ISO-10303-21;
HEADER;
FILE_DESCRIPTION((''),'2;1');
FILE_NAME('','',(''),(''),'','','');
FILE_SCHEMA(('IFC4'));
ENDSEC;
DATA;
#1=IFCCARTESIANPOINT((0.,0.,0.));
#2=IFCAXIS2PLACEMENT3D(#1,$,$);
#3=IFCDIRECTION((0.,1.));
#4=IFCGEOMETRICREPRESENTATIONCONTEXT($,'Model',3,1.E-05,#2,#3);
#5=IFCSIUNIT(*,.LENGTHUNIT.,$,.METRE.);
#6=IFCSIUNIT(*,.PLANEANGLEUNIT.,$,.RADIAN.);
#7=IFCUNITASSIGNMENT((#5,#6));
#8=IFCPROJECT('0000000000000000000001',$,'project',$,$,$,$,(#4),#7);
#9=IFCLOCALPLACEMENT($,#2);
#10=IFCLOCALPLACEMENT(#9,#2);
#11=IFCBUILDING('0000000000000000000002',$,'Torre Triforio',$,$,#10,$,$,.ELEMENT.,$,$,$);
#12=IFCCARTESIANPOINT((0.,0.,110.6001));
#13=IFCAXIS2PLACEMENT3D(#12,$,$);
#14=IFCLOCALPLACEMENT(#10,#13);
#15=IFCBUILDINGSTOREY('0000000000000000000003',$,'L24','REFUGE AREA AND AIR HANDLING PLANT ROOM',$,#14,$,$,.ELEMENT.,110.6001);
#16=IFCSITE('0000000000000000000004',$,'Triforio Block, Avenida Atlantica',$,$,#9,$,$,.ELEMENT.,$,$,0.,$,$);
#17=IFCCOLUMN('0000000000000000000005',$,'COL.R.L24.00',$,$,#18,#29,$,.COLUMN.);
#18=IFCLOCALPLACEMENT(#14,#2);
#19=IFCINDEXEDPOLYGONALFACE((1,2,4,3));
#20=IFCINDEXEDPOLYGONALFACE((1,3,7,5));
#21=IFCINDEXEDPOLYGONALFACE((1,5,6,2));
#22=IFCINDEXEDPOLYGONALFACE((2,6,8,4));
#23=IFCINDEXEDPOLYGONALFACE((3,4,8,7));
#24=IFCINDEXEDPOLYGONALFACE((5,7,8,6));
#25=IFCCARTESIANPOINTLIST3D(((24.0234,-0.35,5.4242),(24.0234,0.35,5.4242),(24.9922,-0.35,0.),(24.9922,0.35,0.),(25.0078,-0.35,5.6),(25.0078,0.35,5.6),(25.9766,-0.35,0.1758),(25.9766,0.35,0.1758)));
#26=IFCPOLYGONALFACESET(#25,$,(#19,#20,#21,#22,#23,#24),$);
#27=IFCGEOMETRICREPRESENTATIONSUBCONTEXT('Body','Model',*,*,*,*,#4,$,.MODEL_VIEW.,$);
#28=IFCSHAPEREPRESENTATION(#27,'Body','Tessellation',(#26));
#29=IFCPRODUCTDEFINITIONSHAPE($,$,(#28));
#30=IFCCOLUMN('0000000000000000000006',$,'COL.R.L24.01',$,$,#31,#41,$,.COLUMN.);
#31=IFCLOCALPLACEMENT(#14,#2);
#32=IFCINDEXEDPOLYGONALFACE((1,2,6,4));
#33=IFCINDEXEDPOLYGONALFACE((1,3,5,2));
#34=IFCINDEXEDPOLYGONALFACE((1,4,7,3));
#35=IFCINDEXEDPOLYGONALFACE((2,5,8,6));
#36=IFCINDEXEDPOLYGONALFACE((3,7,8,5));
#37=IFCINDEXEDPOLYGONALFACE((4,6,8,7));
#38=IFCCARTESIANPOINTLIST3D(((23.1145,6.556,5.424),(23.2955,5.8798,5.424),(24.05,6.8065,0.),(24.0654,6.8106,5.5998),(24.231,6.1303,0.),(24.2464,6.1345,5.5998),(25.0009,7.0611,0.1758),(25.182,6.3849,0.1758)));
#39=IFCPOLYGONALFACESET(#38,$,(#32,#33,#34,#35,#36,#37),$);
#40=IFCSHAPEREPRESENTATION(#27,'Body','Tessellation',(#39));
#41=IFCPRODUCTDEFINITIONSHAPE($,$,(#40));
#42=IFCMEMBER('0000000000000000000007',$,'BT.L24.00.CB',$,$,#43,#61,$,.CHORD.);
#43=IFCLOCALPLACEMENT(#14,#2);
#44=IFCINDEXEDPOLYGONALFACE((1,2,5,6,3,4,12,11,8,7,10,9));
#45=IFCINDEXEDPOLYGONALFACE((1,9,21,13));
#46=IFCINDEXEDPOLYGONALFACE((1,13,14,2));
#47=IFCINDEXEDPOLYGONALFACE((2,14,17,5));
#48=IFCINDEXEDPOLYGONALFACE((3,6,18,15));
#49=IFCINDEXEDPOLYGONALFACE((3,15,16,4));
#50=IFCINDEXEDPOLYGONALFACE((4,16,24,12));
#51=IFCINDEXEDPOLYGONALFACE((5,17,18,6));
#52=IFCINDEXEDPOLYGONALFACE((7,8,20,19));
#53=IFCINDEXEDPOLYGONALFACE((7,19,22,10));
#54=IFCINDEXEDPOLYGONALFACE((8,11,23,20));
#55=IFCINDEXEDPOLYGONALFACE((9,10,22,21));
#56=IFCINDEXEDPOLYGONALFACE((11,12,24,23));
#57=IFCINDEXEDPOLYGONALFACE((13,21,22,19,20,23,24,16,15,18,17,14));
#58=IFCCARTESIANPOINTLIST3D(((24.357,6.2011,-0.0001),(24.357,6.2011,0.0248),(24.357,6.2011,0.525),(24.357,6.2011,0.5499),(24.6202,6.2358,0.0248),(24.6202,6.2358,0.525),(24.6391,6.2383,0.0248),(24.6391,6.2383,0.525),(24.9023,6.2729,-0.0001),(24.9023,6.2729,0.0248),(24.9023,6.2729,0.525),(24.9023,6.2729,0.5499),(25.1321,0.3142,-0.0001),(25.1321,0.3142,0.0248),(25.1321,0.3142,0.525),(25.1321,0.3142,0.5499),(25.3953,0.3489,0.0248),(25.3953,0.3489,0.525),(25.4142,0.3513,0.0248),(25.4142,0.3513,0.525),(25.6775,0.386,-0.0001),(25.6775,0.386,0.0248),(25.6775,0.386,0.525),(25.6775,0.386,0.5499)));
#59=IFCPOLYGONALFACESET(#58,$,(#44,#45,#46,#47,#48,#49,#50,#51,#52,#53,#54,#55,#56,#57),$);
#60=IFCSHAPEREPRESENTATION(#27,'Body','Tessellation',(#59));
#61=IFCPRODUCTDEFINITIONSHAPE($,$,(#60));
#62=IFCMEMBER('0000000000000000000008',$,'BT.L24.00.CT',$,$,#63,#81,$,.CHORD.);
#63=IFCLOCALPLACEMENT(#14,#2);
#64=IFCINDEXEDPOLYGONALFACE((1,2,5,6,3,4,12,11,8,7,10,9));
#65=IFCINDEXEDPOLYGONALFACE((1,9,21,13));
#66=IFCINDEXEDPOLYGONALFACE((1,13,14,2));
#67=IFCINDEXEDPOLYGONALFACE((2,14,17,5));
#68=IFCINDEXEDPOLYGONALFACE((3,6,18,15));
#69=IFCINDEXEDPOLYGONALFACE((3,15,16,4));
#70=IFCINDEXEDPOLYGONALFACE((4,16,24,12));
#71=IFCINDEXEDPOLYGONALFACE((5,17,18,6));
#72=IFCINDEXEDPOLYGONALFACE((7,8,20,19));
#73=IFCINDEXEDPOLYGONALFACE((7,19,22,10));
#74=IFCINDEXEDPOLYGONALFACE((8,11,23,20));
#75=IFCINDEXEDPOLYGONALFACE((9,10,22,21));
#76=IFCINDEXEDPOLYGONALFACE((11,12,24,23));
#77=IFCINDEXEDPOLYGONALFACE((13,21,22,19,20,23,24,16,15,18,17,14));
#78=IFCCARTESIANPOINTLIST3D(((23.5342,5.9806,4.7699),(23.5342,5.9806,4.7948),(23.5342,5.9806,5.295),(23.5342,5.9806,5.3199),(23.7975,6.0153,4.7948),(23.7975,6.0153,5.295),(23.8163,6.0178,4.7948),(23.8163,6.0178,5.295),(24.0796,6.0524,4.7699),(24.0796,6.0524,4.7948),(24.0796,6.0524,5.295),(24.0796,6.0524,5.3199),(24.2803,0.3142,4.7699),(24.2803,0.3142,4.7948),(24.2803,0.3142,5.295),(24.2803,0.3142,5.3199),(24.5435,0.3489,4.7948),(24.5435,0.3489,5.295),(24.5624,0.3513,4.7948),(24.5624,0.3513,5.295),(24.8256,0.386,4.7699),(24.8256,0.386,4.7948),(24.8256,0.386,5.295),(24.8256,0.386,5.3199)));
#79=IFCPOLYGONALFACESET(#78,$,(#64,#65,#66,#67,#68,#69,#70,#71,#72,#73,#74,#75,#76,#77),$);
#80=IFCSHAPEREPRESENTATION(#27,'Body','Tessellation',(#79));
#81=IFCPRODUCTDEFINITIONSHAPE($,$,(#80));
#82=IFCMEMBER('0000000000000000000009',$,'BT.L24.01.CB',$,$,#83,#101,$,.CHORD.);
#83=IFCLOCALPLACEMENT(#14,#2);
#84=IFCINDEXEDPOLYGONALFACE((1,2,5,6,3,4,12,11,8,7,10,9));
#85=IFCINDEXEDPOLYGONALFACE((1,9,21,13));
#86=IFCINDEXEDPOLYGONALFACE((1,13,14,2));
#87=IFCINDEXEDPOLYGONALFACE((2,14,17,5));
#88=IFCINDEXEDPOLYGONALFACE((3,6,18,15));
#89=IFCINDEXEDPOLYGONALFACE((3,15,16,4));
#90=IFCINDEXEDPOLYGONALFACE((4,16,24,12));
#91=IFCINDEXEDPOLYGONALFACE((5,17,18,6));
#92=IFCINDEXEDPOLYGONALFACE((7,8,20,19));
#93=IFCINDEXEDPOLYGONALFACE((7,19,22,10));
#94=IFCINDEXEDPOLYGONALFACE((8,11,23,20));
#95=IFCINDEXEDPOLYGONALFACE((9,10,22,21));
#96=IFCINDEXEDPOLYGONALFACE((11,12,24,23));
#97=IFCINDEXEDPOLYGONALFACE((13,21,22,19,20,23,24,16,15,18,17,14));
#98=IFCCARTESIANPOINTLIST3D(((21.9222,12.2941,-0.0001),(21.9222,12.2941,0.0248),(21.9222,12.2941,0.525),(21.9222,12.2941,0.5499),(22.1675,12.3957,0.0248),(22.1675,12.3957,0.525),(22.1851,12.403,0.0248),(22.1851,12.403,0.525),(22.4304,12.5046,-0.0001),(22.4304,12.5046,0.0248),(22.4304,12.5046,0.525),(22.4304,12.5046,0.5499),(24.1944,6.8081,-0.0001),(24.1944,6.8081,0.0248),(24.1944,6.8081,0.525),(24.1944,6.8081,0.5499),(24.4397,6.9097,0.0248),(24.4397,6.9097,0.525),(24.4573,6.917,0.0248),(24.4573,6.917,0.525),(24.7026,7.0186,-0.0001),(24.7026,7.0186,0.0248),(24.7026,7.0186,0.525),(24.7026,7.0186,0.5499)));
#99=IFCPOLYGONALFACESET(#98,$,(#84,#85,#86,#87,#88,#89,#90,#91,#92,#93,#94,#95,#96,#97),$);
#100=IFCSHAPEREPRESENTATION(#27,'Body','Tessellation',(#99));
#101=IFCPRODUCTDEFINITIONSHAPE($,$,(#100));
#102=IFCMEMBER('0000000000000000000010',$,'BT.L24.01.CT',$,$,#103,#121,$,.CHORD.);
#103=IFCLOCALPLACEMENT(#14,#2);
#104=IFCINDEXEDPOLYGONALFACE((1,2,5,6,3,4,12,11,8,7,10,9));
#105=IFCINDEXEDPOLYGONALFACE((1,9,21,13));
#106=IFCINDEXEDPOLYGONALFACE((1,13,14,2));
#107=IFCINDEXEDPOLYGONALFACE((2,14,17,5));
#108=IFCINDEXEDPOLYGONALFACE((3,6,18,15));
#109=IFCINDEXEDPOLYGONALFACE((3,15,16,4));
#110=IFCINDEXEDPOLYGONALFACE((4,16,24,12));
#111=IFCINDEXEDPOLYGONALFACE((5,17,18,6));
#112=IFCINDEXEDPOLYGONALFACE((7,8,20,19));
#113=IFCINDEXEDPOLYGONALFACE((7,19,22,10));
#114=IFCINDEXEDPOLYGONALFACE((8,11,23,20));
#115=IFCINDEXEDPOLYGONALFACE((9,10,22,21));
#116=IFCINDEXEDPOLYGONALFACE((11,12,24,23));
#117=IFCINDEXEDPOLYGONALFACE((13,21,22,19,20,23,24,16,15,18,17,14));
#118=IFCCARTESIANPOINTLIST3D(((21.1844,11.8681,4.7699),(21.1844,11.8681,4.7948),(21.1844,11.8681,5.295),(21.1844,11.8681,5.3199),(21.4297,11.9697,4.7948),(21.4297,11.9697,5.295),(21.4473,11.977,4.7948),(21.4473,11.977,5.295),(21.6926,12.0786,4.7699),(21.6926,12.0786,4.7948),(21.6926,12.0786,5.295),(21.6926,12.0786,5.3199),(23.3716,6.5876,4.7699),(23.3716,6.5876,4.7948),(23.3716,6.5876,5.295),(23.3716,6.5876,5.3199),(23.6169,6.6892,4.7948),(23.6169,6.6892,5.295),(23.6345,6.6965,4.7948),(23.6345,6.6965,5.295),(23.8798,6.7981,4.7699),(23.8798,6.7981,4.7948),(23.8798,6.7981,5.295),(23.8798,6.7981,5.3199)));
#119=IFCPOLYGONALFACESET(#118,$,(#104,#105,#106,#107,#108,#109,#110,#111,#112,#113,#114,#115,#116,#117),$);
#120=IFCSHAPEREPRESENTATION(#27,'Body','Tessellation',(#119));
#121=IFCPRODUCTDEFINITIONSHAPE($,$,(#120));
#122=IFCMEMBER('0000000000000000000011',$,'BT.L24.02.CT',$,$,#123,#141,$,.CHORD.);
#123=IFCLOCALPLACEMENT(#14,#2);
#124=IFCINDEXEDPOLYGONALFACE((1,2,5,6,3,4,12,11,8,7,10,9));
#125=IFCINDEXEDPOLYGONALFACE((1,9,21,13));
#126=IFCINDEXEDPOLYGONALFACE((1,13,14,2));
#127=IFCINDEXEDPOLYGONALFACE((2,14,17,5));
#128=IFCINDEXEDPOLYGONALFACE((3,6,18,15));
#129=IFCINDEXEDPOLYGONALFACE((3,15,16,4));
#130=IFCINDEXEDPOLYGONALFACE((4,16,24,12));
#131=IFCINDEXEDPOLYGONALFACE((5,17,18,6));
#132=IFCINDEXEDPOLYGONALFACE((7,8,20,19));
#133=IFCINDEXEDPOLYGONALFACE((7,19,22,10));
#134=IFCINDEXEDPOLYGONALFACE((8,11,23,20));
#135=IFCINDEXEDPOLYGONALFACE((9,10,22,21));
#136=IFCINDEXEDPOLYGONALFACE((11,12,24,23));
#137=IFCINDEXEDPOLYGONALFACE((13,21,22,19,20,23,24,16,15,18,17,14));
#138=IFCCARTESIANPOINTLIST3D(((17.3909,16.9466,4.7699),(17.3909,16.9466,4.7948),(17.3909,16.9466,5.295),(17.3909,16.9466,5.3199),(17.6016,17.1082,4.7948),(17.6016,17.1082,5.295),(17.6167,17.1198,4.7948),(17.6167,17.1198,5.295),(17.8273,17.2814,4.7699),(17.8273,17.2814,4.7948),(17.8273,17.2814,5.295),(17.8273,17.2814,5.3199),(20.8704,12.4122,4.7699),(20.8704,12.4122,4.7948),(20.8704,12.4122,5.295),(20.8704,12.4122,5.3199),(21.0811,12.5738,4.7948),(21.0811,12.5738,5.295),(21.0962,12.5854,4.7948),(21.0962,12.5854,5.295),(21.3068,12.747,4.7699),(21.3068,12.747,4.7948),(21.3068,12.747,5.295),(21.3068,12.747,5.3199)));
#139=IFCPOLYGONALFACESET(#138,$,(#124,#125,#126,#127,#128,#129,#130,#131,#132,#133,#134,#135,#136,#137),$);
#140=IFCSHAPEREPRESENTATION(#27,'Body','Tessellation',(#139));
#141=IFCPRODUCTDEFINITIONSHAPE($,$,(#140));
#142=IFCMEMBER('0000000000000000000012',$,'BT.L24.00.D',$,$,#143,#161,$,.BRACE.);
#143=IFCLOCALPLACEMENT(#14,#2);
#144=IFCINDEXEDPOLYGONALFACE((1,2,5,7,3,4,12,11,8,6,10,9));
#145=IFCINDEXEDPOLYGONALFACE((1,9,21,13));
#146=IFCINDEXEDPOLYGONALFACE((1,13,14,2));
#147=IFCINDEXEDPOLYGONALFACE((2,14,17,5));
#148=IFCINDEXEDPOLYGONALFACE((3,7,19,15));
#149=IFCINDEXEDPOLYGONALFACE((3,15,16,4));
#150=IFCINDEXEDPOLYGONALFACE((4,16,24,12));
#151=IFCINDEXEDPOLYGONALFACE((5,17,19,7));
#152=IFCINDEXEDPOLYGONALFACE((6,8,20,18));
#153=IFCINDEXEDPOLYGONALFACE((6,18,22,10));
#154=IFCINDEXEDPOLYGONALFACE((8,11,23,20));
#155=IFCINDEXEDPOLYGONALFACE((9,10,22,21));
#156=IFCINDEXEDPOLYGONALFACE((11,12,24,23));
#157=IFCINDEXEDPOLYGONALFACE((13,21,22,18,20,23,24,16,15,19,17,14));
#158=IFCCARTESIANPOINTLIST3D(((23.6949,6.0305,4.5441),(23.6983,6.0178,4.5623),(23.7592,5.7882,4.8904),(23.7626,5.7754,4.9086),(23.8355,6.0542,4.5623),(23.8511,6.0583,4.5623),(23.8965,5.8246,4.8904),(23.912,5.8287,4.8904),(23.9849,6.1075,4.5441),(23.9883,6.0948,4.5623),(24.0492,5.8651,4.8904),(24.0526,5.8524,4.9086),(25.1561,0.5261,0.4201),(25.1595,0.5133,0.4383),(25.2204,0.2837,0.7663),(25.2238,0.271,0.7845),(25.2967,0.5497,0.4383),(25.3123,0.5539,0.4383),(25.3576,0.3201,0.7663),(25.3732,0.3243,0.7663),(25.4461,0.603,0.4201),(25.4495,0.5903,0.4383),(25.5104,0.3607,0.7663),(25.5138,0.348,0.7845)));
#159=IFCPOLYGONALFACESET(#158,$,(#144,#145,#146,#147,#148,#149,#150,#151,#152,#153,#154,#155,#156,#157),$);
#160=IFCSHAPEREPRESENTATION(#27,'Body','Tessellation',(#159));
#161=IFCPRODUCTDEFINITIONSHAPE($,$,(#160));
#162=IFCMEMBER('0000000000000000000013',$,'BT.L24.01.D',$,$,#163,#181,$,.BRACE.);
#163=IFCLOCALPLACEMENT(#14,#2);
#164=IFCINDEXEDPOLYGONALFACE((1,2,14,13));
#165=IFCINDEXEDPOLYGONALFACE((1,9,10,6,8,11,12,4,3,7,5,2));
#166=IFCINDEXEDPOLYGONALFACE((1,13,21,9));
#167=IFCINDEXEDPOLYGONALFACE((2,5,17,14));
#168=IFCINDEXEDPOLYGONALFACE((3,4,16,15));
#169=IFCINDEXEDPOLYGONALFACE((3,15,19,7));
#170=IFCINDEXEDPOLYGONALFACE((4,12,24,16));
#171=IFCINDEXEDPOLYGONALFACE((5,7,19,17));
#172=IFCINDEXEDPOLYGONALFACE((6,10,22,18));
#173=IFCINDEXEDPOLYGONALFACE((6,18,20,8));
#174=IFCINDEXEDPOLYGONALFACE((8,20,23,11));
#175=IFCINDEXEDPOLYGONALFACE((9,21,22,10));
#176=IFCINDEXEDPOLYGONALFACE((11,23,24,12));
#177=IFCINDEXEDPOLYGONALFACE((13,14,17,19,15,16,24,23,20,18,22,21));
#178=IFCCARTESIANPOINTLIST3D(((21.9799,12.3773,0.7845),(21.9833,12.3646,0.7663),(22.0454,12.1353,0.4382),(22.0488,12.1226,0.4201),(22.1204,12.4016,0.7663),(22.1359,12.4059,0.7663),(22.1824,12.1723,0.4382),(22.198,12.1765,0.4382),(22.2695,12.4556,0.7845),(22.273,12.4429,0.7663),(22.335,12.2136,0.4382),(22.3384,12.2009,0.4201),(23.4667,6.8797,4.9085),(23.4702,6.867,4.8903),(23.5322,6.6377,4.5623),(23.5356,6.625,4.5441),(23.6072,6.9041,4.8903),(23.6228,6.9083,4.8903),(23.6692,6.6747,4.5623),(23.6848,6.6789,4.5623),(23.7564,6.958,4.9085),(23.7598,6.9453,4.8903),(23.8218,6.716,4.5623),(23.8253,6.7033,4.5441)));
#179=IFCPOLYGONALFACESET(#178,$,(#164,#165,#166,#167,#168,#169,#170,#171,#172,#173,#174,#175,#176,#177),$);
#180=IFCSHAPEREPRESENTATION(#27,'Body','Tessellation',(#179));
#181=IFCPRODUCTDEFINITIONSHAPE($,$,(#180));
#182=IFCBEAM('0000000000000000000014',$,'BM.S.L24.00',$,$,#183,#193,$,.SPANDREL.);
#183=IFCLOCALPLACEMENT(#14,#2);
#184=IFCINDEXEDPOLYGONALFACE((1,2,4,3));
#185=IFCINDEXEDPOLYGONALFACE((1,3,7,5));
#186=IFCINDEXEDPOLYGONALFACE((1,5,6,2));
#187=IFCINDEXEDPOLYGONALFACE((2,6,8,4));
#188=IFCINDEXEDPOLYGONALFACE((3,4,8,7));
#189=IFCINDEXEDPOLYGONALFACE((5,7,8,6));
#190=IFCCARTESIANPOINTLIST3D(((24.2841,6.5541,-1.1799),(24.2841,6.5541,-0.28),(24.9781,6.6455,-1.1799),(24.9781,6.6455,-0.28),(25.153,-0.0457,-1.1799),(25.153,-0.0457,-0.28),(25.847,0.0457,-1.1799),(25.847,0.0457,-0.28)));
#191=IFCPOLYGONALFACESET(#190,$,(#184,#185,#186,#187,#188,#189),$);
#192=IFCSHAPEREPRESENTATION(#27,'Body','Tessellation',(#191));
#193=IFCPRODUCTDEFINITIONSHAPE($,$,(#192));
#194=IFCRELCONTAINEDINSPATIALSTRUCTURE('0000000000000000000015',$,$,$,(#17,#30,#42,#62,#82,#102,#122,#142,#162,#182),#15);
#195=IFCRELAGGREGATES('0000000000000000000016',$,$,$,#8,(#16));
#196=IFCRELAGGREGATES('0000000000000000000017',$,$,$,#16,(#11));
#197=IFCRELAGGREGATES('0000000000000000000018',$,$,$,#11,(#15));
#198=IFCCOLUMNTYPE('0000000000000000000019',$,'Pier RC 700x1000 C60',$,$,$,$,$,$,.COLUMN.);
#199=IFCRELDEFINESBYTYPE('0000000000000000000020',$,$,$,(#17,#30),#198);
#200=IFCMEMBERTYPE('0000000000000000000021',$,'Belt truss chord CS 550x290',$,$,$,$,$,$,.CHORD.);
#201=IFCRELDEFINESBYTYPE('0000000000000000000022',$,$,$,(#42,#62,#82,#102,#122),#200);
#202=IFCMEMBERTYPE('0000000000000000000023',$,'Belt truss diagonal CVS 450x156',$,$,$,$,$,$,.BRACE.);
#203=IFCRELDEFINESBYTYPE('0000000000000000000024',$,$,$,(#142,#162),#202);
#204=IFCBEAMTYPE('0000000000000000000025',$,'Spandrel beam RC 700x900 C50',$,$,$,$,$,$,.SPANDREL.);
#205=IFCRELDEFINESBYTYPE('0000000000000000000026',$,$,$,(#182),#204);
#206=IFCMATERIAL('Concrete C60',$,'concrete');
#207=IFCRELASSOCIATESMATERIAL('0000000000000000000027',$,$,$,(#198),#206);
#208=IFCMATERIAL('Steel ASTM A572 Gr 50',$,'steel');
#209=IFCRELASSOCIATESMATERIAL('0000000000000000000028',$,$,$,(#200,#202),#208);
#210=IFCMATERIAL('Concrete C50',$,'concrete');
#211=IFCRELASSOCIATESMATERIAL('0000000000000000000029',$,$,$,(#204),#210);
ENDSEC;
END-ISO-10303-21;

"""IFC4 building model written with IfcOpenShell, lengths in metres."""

from ifc_helpers import new_model, si_unit, direction, frame, origin, origin_2d, place, context, subcontext, project, spatial, rectangle, i_section, extrude, material, material_profile, profile_set, type_object, element, save


model = new_model("IFC4")

# Units and contexts
model_context = context("Model", 3, precision=1e-05, world=origin(), true_north=direction((0.0, 1.0)))
body_context = subcontext(model_context, "Body", "Model", "MODEL_VIEW")
ifc_project = project(units=[si_unit("LENGTHUNIT", "METRE"), si_unit("PLANEANGLEUNIT", "RADIAN")], contexts=[model_context])

# Site, building, storey
site_placement = place(None, origin())
site = spatial("IfcSite", under=ifc_project, at=site_placement, Name="Triforio Block, Avenida Atlantica", CompositionType="ELEMENT", RefElevation=0.0)
building_placement = place(site_placement, origin())
building = spatial("IfcBuilding", under=site, at=building_placement, Name="Torre Triforio", CompositionType="ELEMENT")
storey_placement = place(building_placement, frame((0.0, 0.0, 110.6001)))
storey = spatial("IfcBuildingStorey", under=building, at=storey_placement, Name="L24", Description="REFUGE AREA AND AIR HANDLING PLANT ROOM", CompositionType="ELEMENT", Elevation=110.6001)

# Columns
ifc_material_1 = material(Name="Concrete C60", Category="concrete")
ifc_material_profile_1 = material_profile(ifc_material_1, rectangle(XDim=0.7, YDim=1.0, at=origin_2d()), Name="RC 700x1000")
ifc_profile_set_1 = profile_set([ifc_material_profile_1], Name="Concrete C60")
column_type = type_object("IfcColumnType", Name="Pier RC 700x1000 C60", PredefinedType="COLUMN", material=ifc_profile_set_1)
column_1_placement = place(storey_placement, frame((25.4844, 0.0, 0.0879), z_axis=(-0.17582, 0.0, 0.984422), x_axis=(0.0, -1.0, 0.0)))
element("IfcColumn", 1, at=column_1_placement, inside=storey, type_object=column_type, Name="COL.R.L24.00", PredefinedType="COLUMN", context=body_context, shape_type="SweptSolid", body=[
    extrude(rectangle(XDim=0.7, YDim=1.0, at=origin_2d()), origin(), (0.0, 0.0, 1.0), 5.51),
])
column_2_placement = place(storey_placement, frame((24.616, 6.5957, 0.0879), z_axis=(-0.169795, -0.045462, 0.98443), x_axis=(0.258635, -0.965975, 0.0)))
element("IfcColumn", 2, at=column_2_placement, inside=storey, type_object=column_type, Name="COL.R.L24.01", PredefinedType="COLUMN", context=body_context, shape_type="SweptSolid", body=[
    extrude(rectangle(XDim=0.7, YDim=1.0, at=origin_2d()), origin(), (0.0, 0.0, 1.0), 5.5098),
])

# Members
ifc_material_2 = material(Name="Steel ASTM A572 Gr 50", Category="steel")
ifc_material_profile_2 = material_profile(ifc_material_2, i_section(OverallWidth=0.55, OverallDepth=0.55, WebThickness=0.019, FlangeThickness=0.0249, at=origin_2d()), Name="CS 550x290")
ifc_profile_set_2 = profile_set([ifc_material_profile_2], Name="Steel ASTM A572 Gr 50")
member_type_1 = type_object("IfcMemberType", Name="Belt truss chord CS 550x290", PredefinedType="CHORD", material=ifc_profile_set_2)
member_1_placement = place(storey_placement, frame((25.4048, 0.3501, 0.2749), z_axis=(-0.130545, 0.991442, 0.0), x_axis=(-0.991442, -0.130545, 0.0)))
element("IfcMember", 3, at=member_1_placement, inside=storey, type_object=member_type_1, Name="BT.L24.00.CB", PredefinedType="CHORD", context=body_context, shape_type="SweptSolid", body=[
    extrude(i_section(OverallWidth=0.55, OverallDepth=0.55, WebThickness=0.019, FlangeThickness=0.0249, at=origin_2d()), origin(), (0.0, 0.0, 1.0), 5.9377),
])
member_2_placement = place(storey_placement, frame((24.553, 0.3501, 5.0449), z_axis=(-0.130541, 0.991443, 0.0), x_axis=(-0.991443, -0.130541, 0.0)))
element("IfcMember", 4, at=member_2_placement, inside=storey, type_object=member_type_1, Name="BT.L24.00.CT", PredefinedType="CHORD", context=body_context, shape_type="SweptSolid", body=[
    extrude(i_section(OverallWidth=0.55, OverallDepth=0.55, WebThickness=0.019, FlangeThickness=0.0249, at=origin_2d()), origin(), (0.0, 0.0, 1.0), 5.7153),
])
member_3_placement = place(storey_placement, frame((24.4485, 6.9133, 0.2749), z_axis=(-0.382656, 0.923891, 0.0), x_axis=(-0.923891, -0.382656, 0.0)))
element("IfcMember", 5, at=member_3_placement, inside=storey, type_object=member_type_1, Name="BT.L24.01.CB", PredefinedType="CHORD", context=body_context, shape_type="SweptSolid", body=[
    extrude(i_section(OverallWidth=0.55, OverallDepth=0.55, WebThickness=0.019, FlangeThickness=0.0249, at=origin_2d()), origin(), (0.0, 0.0, 1.0), 5.938),
])
for number, where, z_axis, x_axis, name in (
    (6, (23.6257, 6.6929, 5.0449), (-0.382683, 0.92388, 0.0), (-0.92388, -0.382683, 0.0), "BT.L24.01.CT"),
    (7, (21.0886, 12.5796, 5.0449), (-0.608773, 0.793344, 0.0), (-0.793344, -0.608773, 0.0), "BT.L24.02.CT"),
):
    element("IfcMember", number, at=place(storey_placement, frame(where, z_axis=z_axis, x_axis=x_axis)), inside=storey, type_object=member_type_1, Name=name, PredefinedType="CHORD", context=body_context, shape_type="SweptSolid", body=[
        extrude(i_section(OverallWidth=0.55, OverallDepth=0.55, WebThickness=0.019, FlangeThickness=0.0249, at=origin_2d()), origin(), (0.0, 0.0, 1.0), 5.7156),
    ])
ifc_material_profile_3 = material_profile(ifc_material_2, i_section(OverallWidth=0.3, OverallDepth=0.45, WebThickness=0.0161, FlangeThickness=0.0225, at=origin_2d()), Name="CVS 450x156")
ifc_profile_set_3 = profile_set([ifc_material_profile_3], Name="Steel ASTM A572 Gr 50")
member_type_2 = type_object("IfcMemberType", Name="Belt truss diagonal CVS 450x156", PredefinedType="BRACE", material=ifc_profile_set_3)
for number, where, z_axis, x_axis, name in (
    (8, (25.335, 0.437, 0.6023), (-0.207807, 0.782827, 0.586513), (-0.966525, -0.256571, 0.0), "BT.L24.00.D"),
    (9, (23.646, 6.7915, 4.7263), (-0.211452, 0.781852, -0.586511), (-0.96532, -0.261071, 0.0), "BT.L24.01.D"),
):
    element("IfcMember", number, at=place(storey_placement, frame(where, z_axis=z_axis, x_axis=x_axis)), inside=storey, type_object=member_type_2, Name=name, PredefinedType="BRACE", context=body_context, shape_type="SweptSolid", body=[
        extrude(i_section(OverallWidth=0.3, OverallDepth=0.45, WebThickness=0.0161, FlangeThickness=0.0225, at=origin_2d()), origin(), (0.0, 0.0, 1.0), 7.0315),
    ])

# Beam
ifc_material_3 = material(Name="Concrete C50", Category="concrete")
ifc_material_profile_4 = material_profile(ifc_material_3, rectangle(XDim=0.7, YDim=0.8999, at=origin_2d()), Name="RC 700x900")
ifc_profile_set_4 = profile_set([ifc_material_profile_4], Name="Concrete C50")
beam_type = type_object("IfcBeamType", Name="Spandrel beam RC 700x900 C50", PredefinedType="SPANDREL", material=ifc_profile_set_4)
for number, where, z_axis, x_axis, name in (
    (10, (25.5, 0.0, -0.73), (-0.130528, 0.991445, 0.0), (-0.991445, -0.130528, 0.0), "BM.S.L24.00"),
):
    element("IfcBeam", number, at=place(storey_placement, frame(where, z_axis=z_axis, x_axis=x_axis)), inside=storey, type_object=beam_type, Name=name, PredefinedType="SPANDREL", context=body_context, shape_type="SweptSolid", body=[
        extrude(rectangle(XDim=0.7, YDim=0.8999, at=origin_2d()), origin(), (0.0, 0.0, 1.0), 6.6567),
    ])

save(model, "model.ifc")
